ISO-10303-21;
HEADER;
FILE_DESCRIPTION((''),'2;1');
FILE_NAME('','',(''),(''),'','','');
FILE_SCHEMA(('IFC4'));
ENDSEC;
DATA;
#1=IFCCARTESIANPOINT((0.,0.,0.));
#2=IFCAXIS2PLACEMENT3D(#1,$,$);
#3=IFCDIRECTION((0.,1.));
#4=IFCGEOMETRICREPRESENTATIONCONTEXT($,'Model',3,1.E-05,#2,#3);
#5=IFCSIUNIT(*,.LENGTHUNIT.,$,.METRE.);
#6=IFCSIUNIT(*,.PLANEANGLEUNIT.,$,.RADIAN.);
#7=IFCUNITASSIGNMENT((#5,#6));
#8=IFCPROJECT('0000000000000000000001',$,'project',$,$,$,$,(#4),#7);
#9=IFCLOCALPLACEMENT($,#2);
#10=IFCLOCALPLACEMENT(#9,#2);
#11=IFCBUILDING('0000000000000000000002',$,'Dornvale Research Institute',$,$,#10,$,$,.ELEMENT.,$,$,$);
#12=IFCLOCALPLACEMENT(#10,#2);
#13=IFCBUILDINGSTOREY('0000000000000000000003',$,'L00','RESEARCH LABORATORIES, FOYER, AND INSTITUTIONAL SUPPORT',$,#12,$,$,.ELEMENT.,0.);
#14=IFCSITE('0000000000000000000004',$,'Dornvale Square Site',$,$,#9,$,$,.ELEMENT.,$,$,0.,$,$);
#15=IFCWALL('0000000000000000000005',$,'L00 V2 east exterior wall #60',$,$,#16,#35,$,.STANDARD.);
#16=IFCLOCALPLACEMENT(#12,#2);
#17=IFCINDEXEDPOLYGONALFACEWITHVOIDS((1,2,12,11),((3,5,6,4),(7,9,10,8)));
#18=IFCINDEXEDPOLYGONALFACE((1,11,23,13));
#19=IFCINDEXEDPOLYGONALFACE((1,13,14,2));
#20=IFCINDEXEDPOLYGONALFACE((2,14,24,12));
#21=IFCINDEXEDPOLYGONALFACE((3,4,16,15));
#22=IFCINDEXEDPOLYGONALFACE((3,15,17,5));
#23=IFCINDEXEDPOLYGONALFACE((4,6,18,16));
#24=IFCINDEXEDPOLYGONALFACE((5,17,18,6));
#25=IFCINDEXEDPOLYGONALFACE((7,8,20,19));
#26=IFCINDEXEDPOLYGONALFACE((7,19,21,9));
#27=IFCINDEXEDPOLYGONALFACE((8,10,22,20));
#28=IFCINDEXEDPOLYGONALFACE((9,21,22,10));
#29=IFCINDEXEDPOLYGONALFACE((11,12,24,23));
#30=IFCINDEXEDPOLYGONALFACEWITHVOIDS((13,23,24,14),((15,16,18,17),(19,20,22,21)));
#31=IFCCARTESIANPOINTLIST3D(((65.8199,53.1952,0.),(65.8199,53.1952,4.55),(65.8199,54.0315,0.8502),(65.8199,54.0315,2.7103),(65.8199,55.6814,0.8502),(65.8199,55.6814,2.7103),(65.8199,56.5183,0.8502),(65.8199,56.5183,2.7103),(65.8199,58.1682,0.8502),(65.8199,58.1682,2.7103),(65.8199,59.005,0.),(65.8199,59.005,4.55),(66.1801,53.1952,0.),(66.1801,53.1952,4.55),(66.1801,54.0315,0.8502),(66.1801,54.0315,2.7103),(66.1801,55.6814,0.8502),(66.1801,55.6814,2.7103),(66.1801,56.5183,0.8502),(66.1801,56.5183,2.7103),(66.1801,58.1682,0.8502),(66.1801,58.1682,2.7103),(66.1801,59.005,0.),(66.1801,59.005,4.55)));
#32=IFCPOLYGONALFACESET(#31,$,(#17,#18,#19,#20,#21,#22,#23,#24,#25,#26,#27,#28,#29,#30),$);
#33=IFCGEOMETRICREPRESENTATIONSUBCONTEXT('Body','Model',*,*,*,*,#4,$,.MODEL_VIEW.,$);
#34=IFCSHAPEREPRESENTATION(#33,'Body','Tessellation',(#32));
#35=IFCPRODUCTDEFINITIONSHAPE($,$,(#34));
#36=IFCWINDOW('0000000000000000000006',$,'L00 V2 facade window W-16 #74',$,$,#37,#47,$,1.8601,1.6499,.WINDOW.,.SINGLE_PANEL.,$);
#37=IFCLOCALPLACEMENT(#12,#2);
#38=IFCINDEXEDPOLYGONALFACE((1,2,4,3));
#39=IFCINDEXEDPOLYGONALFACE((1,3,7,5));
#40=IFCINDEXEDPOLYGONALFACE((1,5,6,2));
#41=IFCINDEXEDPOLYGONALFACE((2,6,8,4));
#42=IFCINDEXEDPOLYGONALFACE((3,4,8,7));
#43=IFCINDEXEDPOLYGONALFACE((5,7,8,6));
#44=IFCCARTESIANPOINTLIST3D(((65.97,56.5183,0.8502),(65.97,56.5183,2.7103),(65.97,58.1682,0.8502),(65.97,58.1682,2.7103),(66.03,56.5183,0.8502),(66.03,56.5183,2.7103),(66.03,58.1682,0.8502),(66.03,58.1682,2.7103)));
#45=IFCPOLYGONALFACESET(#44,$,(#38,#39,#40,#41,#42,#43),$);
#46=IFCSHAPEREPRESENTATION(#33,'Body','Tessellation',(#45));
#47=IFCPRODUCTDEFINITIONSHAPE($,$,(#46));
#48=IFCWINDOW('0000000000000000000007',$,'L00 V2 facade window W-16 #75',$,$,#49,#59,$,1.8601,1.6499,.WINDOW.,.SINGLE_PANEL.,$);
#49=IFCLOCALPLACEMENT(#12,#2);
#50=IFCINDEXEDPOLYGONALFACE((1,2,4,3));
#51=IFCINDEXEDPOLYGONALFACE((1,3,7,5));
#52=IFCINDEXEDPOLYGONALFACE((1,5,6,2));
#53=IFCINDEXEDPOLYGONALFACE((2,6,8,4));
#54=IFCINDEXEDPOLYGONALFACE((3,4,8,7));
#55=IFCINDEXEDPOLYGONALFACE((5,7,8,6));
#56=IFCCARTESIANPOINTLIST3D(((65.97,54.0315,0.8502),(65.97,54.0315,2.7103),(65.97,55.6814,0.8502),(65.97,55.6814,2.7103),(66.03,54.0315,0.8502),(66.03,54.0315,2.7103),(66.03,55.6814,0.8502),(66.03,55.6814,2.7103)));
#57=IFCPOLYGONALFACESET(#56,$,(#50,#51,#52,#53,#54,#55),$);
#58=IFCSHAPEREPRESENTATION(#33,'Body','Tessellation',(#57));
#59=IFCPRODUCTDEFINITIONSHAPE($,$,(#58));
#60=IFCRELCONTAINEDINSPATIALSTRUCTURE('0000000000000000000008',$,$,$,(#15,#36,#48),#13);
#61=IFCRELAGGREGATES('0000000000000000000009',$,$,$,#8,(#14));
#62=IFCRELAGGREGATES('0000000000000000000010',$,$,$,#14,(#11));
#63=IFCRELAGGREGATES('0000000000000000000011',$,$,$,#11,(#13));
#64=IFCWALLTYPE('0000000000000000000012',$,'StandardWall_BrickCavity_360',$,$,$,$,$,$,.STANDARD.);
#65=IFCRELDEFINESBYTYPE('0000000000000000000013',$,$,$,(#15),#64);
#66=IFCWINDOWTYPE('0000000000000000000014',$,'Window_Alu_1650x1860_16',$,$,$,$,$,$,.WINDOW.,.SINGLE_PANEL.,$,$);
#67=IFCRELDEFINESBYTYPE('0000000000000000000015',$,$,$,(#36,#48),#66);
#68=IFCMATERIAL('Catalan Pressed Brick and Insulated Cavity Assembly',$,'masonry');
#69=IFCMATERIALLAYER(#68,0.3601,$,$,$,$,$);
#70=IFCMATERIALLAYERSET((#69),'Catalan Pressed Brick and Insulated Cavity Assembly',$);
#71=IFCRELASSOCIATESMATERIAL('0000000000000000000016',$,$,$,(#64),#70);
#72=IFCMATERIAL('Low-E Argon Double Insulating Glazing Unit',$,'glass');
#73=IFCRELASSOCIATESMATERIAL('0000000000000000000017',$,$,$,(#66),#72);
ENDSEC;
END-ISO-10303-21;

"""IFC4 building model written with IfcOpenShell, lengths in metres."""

from ifc_helpers import new_model, si_unit, direction, frame, frame_2d, origin, place, context, subcontext, project, spatial, rectangle, extrude, material, layer, layer_set, type_object, element, fill, save


model = new_model("IFC4")

# Units and contexts
model_context = context("Model", 3, precision=1e-05, world=origin(), true_north=direction((0.0, 1.0)))
body_context = subcontext(model_context, "Body", "Model", "MODEL_VIEW")
ifc_project = project(units=[si_unit("LENGTHUNIT", "METRE"), si_unit("PLANEANGLEUNIT", "RADIAN")], contexts=[model_context])

# Site, building, storey
site_placement = place(None, origin())
site = spatial("IfcSite", under=ifc_project, at=site_placement, Name="Dornvale Square Site", CompositionType="ELEMENT", RefElevation=0.0)
building_placement = place(site_placement, origin())
building = spatial("IfcBuilding", under=site, at=building_placement, Name="Dornvale Research Institute", CompositionType="ELEMENT")
storey_placement = place(building_placement, origin())
storey = spatial("IfcBuildingStorey", under=building, at=storey_placement, Name="L00", Description="RESEARCH LABORATORIES, FOYER, AND INSTITUTIONAL SUPPORT", CompositionType="ELEMENT", Elevation=0.0)

# Wall, openings, windows
ifc_material_1 = material(Name="Catalan Pressed Brick and Insulated Cavity Assembly", Category="masonry")
ifc_layer_1 = layer(ifc_material_1, 0.3601)
ifc_layer_set_1 = layer_set([ifc_layer_1], Name="Catalan Pressed Brick and Insulated Cavity Assembly")
wall_type_1 = type_object("IfcWallType", Name="StandardWall_BrickCavity_360", PredefinedType="STANDARD", material=ifc_layer_set_1)
wall_1_placement = place(storey_placement, frame((66.0, 59.0049, 0.0), z_axis=(0.0, 0.0, 1.0), x_axis=(0.0, -1.0, 0.0)))
wall_1 = element("IfcWall", 1, at=wall_1_placement, inside=storey, type_object=wall_type_1, Name="L00 V2 east exterior wall #60", PredefinedType="STANDARD", context=body_context, shape_type="SweptSolid", body=[
    extrude(rectangle(XDim=5.8098, YDim=0.3601, at=frame_2d((2.9048, 0.0))), origin(), (0.0, 0.0, 1.0), 4.55),
])
opening_1_placement = place(wall_1_placement, frame((0.8367, 0.0, 0.8501)))
opening_1 = element("IfcOpeningElement", 2, at=opening_1_placement, cuts=wall_1, PredefinedType="OPENING", context=body_context, shape_type="SweptSolid", body=[
    extrude(rectangle(XDim=1.6499, YDim=1.8601, at=frame_2d((0.825, 0.9302))), frame((0.0, 0.1951, 0.0), z_axis=(0.0, -1.0, 0.0), x_axis=(1.0, 0.0, 0.0)), (0.0, 0.0, 1.0), 0.3901),
])
opening_2_placement = place(wall_1_placement, frame((3.3235, 0.0, 0.8501)))
opening_2 = element("IfcOpeningElement", 3, at=opening_2_placement, cuts=wall_1, PredefinedType="OPENING", context=body_context, shape_type="SweptSolid", body=[
    extrude(rectangle(XDim=1.6499, YDim=1.8601, at=frame_2d((0.825, 0.9302))), frame((0.0, 0.1951, 0.0), z_axis=(0.0, -1.0, 0.0), x_axis=(1.0, 0.0, 0.0)), (0.0, 0.0, 1.0), 0.3901),
])
ifc_material_2 = material(Name="Low-E Argon Double Insulating Glazing Unit", Category="glass")
window_type = type_object("IfcWindowType", Name="Window_Alu_1650x1860_16", PartitioningType="SINGLE_PANEL", PredefinedType="WINDOW", material=ifc_material_2)
window_1_placement = place(opening_1_placement, origin())
window_1 = element("IfcWindow", 4, at=window_1_placement, inside=storey, type_object=window_type, Name="L00 V2 facade window W-16 #74", OverallHeight=1.8601, OverallWidth=1.6499, PartitioningType="SINGLE_PANEL", PredefinedType="WINDOW", context=body_context, shape_type="SweptSolid", body=[
    extrude(rectangle(XDim=1.6499, YDim=1.8601, at=frame_2d((0.825, 0.9302))), frame((0.0, 0.03, 0.0), z_axis=(0.0, -1.0, 0.0), x_axis=(1.0, 0.0, 0.0)), (0.0, 0.0, 1.0), 0.0601),
])
fill(opening_1, window_1)
window_2_placement = place(opening_2_placement, origin())
window_2 = element("IfcWindow", 5, at=window_2_placement, inside=storey, type_object=window_type, Name="L00 V2 facade window W-16 #75", OverallHeight=1.8601, OverallWidth=1.6499, PartitioningType="SINGLE_PANEL", PredefinedType="WINDOW", context=body_context, shape_type="SweptSolid", body=[
    extrude(rectangle(XDim=1.6499, YDim=1.8601, at=frame_2d((0.825, 0.9302))), frame((0.0, 0.03, 0.0), z_axis=(0.0, -1.0, 0.0), x_axis=(1.0, 0.0, 0.0)), (0.0, 0.0, 1.0), 0.0601),
])
fill(opening_2, window_2)

save(model, "model.ifc")
